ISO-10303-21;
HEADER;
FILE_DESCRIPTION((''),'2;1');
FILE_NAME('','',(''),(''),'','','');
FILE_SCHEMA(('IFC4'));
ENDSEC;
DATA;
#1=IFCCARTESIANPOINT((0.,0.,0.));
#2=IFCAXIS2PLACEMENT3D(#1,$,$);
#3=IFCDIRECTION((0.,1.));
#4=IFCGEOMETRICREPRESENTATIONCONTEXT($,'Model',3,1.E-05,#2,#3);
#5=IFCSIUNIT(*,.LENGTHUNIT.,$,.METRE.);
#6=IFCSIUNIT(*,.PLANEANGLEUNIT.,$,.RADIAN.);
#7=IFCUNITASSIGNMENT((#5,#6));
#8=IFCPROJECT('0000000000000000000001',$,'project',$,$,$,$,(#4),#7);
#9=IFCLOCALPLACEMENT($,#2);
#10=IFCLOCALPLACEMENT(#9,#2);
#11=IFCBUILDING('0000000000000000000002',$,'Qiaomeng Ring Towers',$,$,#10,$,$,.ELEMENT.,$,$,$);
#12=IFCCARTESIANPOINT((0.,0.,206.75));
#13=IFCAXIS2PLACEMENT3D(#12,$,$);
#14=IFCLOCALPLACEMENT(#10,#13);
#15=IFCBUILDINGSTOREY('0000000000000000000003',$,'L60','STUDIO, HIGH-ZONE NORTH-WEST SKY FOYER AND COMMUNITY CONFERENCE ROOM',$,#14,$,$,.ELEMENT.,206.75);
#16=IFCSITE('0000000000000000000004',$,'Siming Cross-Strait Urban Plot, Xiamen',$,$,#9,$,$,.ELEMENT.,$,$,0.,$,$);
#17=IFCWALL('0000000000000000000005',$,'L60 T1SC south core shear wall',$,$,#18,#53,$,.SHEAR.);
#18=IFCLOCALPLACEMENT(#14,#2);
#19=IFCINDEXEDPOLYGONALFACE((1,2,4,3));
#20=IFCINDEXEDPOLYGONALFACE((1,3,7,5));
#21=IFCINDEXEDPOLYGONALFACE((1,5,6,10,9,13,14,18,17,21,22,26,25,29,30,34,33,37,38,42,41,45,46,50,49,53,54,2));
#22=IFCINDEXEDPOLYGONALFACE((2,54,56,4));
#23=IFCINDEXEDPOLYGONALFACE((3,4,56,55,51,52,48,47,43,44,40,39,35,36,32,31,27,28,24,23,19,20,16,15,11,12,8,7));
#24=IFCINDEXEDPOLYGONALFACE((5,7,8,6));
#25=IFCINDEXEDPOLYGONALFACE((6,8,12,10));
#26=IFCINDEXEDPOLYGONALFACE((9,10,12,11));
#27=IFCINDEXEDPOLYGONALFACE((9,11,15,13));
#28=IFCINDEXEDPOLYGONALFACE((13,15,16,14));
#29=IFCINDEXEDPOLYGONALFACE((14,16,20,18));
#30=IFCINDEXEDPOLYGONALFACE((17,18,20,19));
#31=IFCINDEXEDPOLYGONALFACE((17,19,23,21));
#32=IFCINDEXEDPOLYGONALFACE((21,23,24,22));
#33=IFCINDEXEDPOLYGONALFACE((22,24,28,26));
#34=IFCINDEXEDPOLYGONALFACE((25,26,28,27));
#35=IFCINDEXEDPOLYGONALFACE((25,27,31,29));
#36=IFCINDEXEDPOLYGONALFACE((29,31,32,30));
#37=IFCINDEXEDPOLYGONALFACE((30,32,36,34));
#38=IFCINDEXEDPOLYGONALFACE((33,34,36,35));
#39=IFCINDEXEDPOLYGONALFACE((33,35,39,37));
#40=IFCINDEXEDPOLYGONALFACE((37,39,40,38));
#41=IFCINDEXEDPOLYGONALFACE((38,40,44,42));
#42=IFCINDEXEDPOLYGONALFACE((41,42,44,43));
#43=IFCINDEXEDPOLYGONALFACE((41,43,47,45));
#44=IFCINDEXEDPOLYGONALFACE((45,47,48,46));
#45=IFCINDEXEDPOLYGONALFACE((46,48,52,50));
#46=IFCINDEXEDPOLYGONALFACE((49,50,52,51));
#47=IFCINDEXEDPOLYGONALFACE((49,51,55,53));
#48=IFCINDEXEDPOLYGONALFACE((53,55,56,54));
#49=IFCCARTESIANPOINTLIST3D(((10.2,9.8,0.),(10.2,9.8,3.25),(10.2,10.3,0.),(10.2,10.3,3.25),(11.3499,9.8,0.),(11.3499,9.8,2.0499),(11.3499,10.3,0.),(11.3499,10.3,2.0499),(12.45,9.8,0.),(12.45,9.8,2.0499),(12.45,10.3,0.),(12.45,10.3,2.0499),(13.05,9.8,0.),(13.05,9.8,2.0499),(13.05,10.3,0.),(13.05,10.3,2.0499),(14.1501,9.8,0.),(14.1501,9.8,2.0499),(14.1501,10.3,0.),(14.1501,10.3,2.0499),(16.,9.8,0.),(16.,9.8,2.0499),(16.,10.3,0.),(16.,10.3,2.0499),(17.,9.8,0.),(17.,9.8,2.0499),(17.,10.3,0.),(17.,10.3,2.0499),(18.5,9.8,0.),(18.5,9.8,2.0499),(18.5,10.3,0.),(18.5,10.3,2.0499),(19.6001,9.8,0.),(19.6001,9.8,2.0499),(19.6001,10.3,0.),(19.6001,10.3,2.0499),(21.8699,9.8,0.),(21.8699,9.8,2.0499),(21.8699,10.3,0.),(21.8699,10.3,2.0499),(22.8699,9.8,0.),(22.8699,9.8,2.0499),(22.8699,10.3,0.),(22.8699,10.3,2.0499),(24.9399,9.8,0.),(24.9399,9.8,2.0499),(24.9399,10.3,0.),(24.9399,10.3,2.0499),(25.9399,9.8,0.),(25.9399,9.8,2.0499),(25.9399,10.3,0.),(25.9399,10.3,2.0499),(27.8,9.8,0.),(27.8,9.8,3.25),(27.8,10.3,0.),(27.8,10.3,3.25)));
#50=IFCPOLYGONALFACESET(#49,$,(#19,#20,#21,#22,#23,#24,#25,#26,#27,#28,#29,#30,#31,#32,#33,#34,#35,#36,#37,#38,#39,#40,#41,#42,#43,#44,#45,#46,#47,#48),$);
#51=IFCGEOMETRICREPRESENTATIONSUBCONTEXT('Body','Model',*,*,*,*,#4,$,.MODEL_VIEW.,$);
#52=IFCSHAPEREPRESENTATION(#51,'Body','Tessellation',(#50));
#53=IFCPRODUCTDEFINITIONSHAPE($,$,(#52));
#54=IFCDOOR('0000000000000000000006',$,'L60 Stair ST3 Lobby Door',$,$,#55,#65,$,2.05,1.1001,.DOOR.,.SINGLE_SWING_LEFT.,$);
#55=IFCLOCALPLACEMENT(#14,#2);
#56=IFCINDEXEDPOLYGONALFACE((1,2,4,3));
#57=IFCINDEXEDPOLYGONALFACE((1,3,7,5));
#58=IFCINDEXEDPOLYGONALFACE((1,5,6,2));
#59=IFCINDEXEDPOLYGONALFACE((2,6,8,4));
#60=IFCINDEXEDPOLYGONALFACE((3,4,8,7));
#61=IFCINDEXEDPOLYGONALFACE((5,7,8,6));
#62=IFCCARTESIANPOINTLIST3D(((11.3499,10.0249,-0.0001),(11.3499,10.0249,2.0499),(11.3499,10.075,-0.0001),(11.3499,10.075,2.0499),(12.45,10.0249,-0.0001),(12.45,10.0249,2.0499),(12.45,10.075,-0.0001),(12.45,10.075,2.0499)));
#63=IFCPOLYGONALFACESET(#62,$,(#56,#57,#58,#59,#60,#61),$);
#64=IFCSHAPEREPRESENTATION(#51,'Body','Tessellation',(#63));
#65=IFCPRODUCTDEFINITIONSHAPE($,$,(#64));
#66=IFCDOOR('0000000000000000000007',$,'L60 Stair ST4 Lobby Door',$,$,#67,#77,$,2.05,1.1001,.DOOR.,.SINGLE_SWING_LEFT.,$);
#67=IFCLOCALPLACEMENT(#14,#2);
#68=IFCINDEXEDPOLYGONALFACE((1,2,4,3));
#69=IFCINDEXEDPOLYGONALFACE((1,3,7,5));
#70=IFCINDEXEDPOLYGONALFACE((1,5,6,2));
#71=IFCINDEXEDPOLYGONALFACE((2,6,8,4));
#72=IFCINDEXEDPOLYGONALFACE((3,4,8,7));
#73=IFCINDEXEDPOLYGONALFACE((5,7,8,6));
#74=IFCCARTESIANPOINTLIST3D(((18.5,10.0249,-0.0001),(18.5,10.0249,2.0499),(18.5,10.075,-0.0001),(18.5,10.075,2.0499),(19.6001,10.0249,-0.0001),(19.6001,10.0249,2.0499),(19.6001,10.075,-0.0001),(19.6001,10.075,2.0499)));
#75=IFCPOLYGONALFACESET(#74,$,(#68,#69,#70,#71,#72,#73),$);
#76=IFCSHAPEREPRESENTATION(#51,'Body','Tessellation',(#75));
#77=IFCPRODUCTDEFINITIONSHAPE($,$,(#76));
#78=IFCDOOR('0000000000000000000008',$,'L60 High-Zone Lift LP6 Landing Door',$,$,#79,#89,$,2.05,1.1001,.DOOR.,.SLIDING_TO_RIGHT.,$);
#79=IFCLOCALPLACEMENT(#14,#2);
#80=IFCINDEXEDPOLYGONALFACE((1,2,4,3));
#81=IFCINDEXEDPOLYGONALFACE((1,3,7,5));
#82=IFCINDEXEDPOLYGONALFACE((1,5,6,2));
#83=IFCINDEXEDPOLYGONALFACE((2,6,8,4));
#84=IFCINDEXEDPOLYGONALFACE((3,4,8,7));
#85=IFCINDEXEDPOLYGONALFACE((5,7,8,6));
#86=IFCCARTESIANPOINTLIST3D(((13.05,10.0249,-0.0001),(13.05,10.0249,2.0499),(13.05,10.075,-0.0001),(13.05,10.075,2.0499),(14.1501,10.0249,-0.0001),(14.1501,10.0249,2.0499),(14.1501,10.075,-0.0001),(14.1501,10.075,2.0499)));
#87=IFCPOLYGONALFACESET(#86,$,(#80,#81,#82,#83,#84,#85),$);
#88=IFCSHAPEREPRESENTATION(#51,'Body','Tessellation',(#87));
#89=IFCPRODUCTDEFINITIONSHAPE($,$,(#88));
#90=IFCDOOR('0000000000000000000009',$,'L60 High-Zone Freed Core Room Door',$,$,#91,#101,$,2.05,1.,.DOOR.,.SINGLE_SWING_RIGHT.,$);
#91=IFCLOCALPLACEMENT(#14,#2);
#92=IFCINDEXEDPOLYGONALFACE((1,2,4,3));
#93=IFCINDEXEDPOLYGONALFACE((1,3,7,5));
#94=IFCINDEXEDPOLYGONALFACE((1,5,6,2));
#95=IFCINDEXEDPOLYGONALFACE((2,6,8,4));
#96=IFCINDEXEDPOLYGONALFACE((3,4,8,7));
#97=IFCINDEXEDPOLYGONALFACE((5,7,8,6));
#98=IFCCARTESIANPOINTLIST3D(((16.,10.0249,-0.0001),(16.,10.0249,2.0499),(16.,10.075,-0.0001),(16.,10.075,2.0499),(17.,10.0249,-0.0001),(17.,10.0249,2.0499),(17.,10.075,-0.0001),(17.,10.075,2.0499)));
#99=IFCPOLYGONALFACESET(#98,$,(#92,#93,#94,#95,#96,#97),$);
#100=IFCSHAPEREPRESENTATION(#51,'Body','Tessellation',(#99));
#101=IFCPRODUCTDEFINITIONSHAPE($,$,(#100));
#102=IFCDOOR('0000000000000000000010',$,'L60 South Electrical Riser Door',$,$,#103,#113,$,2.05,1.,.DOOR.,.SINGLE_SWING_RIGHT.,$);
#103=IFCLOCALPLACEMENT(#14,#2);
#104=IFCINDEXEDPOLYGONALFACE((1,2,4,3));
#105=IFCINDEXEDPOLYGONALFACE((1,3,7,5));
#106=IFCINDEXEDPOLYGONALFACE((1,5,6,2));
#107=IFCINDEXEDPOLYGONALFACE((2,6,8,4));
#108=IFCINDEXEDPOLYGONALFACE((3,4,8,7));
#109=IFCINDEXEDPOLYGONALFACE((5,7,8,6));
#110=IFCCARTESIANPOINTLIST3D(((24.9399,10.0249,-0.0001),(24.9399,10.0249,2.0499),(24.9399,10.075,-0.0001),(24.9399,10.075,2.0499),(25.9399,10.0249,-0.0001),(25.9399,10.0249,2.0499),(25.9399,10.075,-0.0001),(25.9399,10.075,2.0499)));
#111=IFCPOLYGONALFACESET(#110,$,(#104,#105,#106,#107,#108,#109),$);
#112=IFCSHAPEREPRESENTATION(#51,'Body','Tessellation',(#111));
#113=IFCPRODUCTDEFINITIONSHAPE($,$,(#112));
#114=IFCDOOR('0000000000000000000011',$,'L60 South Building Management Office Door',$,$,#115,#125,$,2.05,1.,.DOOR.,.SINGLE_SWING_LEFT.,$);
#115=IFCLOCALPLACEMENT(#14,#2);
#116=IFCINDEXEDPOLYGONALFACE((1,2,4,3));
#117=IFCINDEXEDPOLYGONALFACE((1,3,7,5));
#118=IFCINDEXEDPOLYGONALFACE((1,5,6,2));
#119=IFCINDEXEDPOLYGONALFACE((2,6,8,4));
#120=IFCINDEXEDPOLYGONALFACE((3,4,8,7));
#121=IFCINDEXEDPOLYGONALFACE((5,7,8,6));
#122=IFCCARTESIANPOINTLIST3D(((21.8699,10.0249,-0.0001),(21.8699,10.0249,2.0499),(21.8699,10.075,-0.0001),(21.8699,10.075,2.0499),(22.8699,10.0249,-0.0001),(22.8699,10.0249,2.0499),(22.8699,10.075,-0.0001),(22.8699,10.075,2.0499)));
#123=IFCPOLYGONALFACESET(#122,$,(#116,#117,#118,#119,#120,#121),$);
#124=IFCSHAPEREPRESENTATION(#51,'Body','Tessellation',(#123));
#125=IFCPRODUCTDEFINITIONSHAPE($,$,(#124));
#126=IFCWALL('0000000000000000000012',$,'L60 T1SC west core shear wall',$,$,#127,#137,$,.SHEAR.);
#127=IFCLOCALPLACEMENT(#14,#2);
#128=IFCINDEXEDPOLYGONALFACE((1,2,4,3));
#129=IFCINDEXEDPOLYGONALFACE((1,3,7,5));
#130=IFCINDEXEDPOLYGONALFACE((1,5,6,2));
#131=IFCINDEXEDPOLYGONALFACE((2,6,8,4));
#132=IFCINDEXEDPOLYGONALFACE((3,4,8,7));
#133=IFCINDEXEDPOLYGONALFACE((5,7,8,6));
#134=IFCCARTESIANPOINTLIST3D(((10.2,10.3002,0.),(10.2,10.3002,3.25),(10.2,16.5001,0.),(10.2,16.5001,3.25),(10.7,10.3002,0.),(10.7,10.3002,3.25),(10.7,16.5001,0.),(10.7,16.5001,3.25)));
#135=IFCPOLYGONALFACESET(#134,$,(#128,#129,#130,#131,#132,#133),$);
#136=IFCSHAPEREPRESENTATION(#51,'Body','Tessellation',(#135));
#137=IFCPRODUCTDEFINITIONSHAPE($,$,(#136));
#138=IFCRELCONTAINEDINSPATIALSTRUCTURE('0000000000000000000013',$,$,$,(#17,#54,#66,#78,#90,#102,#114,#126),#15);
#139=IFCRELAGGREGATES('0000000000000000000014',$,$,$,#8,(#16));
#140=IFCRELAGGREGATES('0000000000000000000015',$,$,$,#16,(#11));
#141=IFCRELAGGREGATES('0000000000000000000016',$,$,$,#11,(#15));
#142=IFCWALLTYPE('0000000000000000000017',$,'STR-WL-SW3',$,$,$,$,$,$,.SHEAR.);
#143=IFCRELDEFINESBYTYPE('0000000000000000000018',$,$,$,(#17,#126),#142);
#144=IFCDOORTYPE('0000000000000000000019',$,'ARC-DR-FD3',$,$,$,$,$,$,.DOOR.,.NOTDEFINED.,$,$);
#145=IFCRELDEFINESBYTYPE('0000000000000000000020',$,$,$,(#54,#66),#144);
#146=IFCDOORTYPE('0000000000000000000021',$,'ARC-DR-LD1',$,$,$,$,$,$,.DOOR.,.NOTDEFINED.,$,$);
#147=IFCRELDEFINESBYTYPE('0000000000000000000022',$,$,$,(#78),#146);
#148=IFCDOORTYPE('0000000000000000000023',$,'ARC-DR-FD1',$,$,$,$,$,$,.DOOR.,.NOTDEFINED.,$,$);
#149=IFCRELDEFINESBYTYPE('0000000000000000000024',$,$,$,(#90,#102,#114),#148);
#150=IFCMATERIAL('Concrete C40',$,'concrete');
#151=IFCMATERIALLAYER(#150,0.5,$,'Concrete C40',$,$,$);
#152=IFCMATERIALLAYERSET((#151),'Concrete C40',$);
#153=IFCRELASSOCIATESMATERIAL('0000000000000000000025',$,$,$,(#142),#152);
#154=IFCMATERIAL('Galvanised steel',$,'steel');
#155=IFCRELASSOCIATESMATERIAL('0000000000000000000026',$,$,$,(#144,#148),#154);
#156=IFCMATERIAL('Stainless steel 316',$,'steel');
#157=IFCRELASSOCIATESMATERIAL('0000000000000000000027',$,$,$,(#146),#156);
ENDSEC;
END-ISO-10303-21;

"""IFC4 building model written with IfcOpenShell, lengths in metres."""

from ifc_helpers import new_model, si_unit, direction, frame, frame_2d, origin, place, context, subcontext, project, spatial, rectangle, extrude, source, transform, mapped, material, layer, layer_set, type_object, element, fill, save


model = new_model("IFC4")

# Units and contexts
model_context = context("Model", 3, precision=1e-05, world=origin(), true_north=direction((0.0, 1.0)))
body_context = subcontext(model_context, "Body", "Model", "MODEL_VIEW")
ifc_project = project(units=[si_unit("LENGTHUNIT", "METRE"), si_unit("PLANEANGLEUNIT", "RADIAN")], contexts=[model_context])

# Site, building, storey
site_placement = place(None, origin())
site = spatial("IfcSite", under=ifc_project, at=site_placement, Name="Siming Cross-Strait Urban Plot, Xiamen", CompositionType="ELEMENT", RefElevation=0.0)
building_placement = place(site_placement, origin())
building = spatial("IfcBuilding", under=site, at=building_placement, Name="Qiaomeng Ring Towers", CompositionType="ELEMENT")
storey_placement = place(building_placement, frame((0.0, 0.0, 206.75)))
storey = spatial("IfcBuildingStorey", under=building, at=storey_placement, Name="L60", Description="STUDIO, HIGH-ZONE NORTH-WEST SKY FOYER AND COMMUNITY CONFERENCE ROOM", CompositionType="ELEMENT", Elevation=206.75)

# Shared definitions
shared_shape_1 = source(origin(), body_context, "Body", "SweptSolid", [
    extrude(rectangle(XDim=1.0, YDim=2.05, at=frame_2d((0.5, 1.0249))), frame((0.0, 0.0249, 0.0), z_axis=(0.0, -1.0, 0.0), x_axis=(1.0, 0.0, 0.0)), (0.0, 0.0, 1.0), 0.05),
])

# Shared definitions
ifc_material_1 = material(Name="Concrete C40", Category="concrete")

# Wall, openings, doors
ifc_layer_1 = layer(ifc_material_1, 0.5, Name="Concrete C40")
ifc_layer_set_1 = layer_set([ifc_layer_1], Name="Concrete C40")
wall_type_1 = type_object("IfcWallType", Name="STR-WL-SW3", PredefinedType="SHEAR", material=ifc_layer_set_1)
wall_1_placement = place(storey_placement, frame((10.2, 10.05, 0.0), z_axis=(0.0, 0.0, 1.0), x_axis=(1.0, 0.0, 0.0)))
wall_1 = element("IfcWall", 1, at=wall_1_placement, inside=storey, type_object=wall_type_1, Name="L60 T1SC south core shear wall", PredefinedType="SHEAR", context=body_context, shape_type="SweptSolid", body=[
    extrude(rectangle(XDim=17.6001, YDim=0.5, at=frame_2d((8.8, 0.0))), origin(), (0.0, 0.0, 1.0), 3.25),
])
opening_1_placement = place(wall_1_placement, frame((1.1499, 0.0, 0.0)))
opening_1 = element("IfcOpeningElement", 2, at=opening_1_placement, cuts=wall_1, PredefinedType="OPENING", context=body_context, shape_type="SweptSolid", body=[
    extrude(rectangle(XDim=1.1001, YDim=2.05, at=frame_2d((0.55, 1.0249))), frame((0.0, 0.26, 0.0), z_axis=(0.0, -1.0, 0.0), x_axis=(1.0, 0.0, 0.0)), (0.0, 0.0, 1.0), 0.52),
])
opening_2_placement = place(wall_1_placement, frame((8.3, 0.0, 0.0)))
opening_2 = element("IfcOpeningElement", 3, at=opening_2_placement, cuts=wall_1, PredefinedType="OPENING", context=body_context, shape_type="SweptSolid", body=[
    extrude(rectangle(XDim=1.1001, YDim=2.05, at=frame_2d((0.55, 1.0249))), frame((0.0, 0.26, 0.0), z_axis=(0.0, -1.0, 0.0), x_axis=(1.0, 0.0, 0.0)), (0.0, 0.0, 1.0), 0.52),
])
opening_3_placement = place(wall_1_placement, frame((2.8501, 0.0, 0.0)))
opening_3 = element("IfcOpeningElement", 4, at=opening_3_placement, cuts=wall_1, PredefinedType="OPENING", context=body_context, shape_type="SweptSolid", body=[
    extrude(rectangle(XDim=1.1001, YDim=2.05, at=frame_2d((0.55, 1.0249))), frame((0.0, 0.26, 0.0), z_axis=(0.0, -1.0, 0.0), x_axis=(1.0, 0.0, 0.0)), (0.0, 0.0, 1.0), 0.52),
])
opening_4_placement = place(wall_1_placement, frame((5.8, 0.0, 0.0)))
opening_4 = element("IfcOpeningElement", 5, at=opening_4_placement, cuts=wall_1, PredefinedType="OPENING", context=body_context, shape_type="SweptSolid", body=[
    extrude(rectangle(XDim=1.0, YDim=2.05, at=frame_2d((0.5, 1.0249))), frame((0.0, 0.26, 0.0), z_axis=(0.0, -1.0, 0.0), x_axis=(1.0, 0.0, 0.0)), (0.0, 0.0, 1.0), 0.52),
])
opening_5_placement = place(wall_1_placement, frame((14.74, 0.0, 0.0)))
opening_5 = element("IfcOpeningElement", 6, at=opening_5_placement, cuts=wall_1, PredefinedType="OPENING", context=body_context, shape_type="SweptSolid", body=[
    extrude(rectangle(XDim=1.0, YDim=2.05, at=frame_2d((0.5, 1.0249))), frame((0.0, 0.26, 0.0), z_axis=(0.0, -1.0, 0.0), x_axis=(1.0, 0.0, 0.0)), (0.0, 0.0, 1.0), 0.52),
])
opening_6_placement = place(wall_1_placement, frame((11.6699, 0.0, 0.0)))
opening_6 = element("IfcOpeningElement", 7, at=opening_6_placement, cuts=wall_1, PredefinedType="OPENING", context=body_context, shape_type="SweptSolid", body=[
    extrude(rectangle(XDim=1.0, YDim=2.05, at=frame_2d((0.5, 1.0249))), frame((0.0, 0.26, 0.0), z_axis=(0.0, -1.0, 0.0), x_axis=(1.0, 0.0, 0.0)), (0.0, 0.0, 1.0), 0.52),
])
ifc_material_2 = material(Name="Galvanised steel", Category="steel")
door_type_1 = type_object("IfcDoorType", Name="ARC-DR-FD3", OperationType="NOTDEFINED", PredefinedType="DOOR", material=ifc_material_2)
shared_shape_2 = source(origin(), body_context, "Body", "SweptSolid", [
    extrude(rectangle(XDim=1.1001, YDim=2.05, at=frame_2d((0.55, 1.0249))), frame((0.0, 0.0249, 0.0), z_axis=(0.0, -1.0, 0.0), x_axis=(1.0, 0.0, 0.0)), (0.0, 0.0, 1.0), 0.05),
])
door_1_placement = place(opening_1_placement, origin())
door_1 = element("IfcDoor", 8, at=door_1_placement, inside=storey, type_object=door_type_1, Name="L60 Stair ST3 Lobby Door", OperationType="SINGLE_SWING_LEFT", OverallHeight=2.05, OverallWidth=1.1001, PredefinedType="DOOR", context=body_context, shape_type="MappedRepresentation", body=[
    mapped(shared_shape_2, transform((0.0, 0.0, 0.0), x_axis=(1.0, 0.0, 0.0), y_axis=(0.0, 1.0, 0.0), z_axis=(0.0, 0.0, 1.0), scale=1.0)),
])
fill(opening_1, door_1)
door_2_placement = place(opening_2_placement, origin())
door_2 = element("IfcDoor", 9, at=door_2_placement, inside=storey, type_object=door_type_1, Name="L60 Stair ST4 Lobby Door", OperationType="SINGLE_SWING_LEFT", OverallHeight=2.05, OverallWidth=1.1001, PredefinedType="DOOR", context=body_context, shape_type="MappedRepresentation", body=[
    mapped(shared_shape_2, transform((0.0, 0.0, 0.0), x_axis=(1.0, 0.0, 0.0), y_axis=(0.0, 1.0, 0.0), z_axis=(0.0, 0.0, 1.0), scale=1.0)),
])
fill(opening_2, door_2)
ifc_material_3 = material(Name="Stainless steel 316", Category="steel")
door_type_2 = type_object("IfcDoorType", Name="ARC-DR-LD1", OperationType="NOTDEFINED", PredefinedType="DOOR", material=ifc_material_3)
door_3_placement = place(opening_3_placement, origin())
door_3 = element("IfcDoor", 10, at=door_3_placement, inside=storey, type_object=door_type_2, Name="L60 High-Zone Lift LP6 Landing Door", OperationType="SLIDING_TO_RIGHT", OverallHeight=2.05, OverallWidth=1.1001, PredefinedType="DOOR", context=body_context, shape_type="MappedRepresentation", body=[
    mapped(shared_shape_2, transform((0.0, 0.0, 0.0), x_axis=(1.0, 0.0, 0.0), y_axis=(0.0, 1.0, 0.0), z_axis=(0.0, 0.0, 1.0), scale=1.0)),
])
fill(opening_3, door_3)
door_type_3 = type_object("IfcDoorType", Name="ARC-DR-FD1", OperationType="NOTDEFINED", PredefinedType="DOOR", material=ifc_material_2)
door_4_placement = place(opening_4_placement, origin())
door_4 = element("IfcDoor", 11, at=door_4_placement, inside=storey, type_object=door_type_3, Name="L60 High-Zone Freed Core Room Door", OperationType="SINGLE_SWING_RIGHT", OverallHeight=2.05, OverallWidth=1.0, PredefinedType="DOOR", context=body_context, shape_type="MappedRepresentation", body=[
    mapped(shared_shape_1, transform((0.0, 0.0, 0.0), x_axis=(1.0, 0.0, 0.0), y_axis=(0.0, 1.0, 0.0), z_axis=(0.0, 0.0, 1.0), scale=1.0)),
])
fill(opening_4, door_4)
door_5_placement = place(opening_5_placement, origin())
door_5 = element("IfcDoor", 12, at=door_5_placement, inside=storey, type_object=door_type_3, Name="L60 South Electrical Riser Door", OperationType="SINGLE_SWING_RIGHT", OverallHeight=2.05, OverallWidth=1.0, PredefinedType="DOOR", context=body_context, shape_type="MappedRepresentation", body=[
    mapped(shared_shape_1, transform((0.0, 0.0, 0.0), x_axis=(1.0, 0.0, 0.0), y_axis=(0.0, 1.0, 0.0), z_axis=(0.0, 0.0, 1.0), scale=1.0)),
])
fill(opening_5, door_5)
door_6_placement = place(opening_6_placement, origin())
door_6 = element("IfcDoor", 13, at=door_6_placement, inside=storey, type_object=door_type_3, Name="L60 South Building Management Office Door", OperationType="SINGLE_SWING_LEFT", OverallHeight=2.05, OverallWidth=1.0, PredefinedType="DOOR", context=body_context, shape_type="MappedRepresentation", body=[
    mapped(shared_shape_1, transform((0.0, 0.0, 0.0), x_axis=(1.0, 0.0, 0.0), y_axis=(0.0, 1.0, 0.0), z_axis=(0.0, 0.0, 1.0), scale=1.0)),
])
fill(opening_6, door_6)

# Wall
wall_2_placement = place(storey_placement, frame((10.45, 10.3, 0.0), z_axis=(0.0, 0.0, 1.0), x_axis=(0.0, 1.0, 0.0)))
element("IfcWall", 14, at=wall_2_placement, inside=storey, type_object=wall_type_1, Name="L60 T1SC west core shear wall", PredefinedType="SHEAR", context=body_context, shape_type="SweptSolid", body=[
    extrude(rectangle(XDim=6.2, YDim=0.5, at=frame_2d((3.1001, 0.0))), origin(), (0.0, 0.0, 1.0), 3.25),
])

save(model, "model.ifc")
